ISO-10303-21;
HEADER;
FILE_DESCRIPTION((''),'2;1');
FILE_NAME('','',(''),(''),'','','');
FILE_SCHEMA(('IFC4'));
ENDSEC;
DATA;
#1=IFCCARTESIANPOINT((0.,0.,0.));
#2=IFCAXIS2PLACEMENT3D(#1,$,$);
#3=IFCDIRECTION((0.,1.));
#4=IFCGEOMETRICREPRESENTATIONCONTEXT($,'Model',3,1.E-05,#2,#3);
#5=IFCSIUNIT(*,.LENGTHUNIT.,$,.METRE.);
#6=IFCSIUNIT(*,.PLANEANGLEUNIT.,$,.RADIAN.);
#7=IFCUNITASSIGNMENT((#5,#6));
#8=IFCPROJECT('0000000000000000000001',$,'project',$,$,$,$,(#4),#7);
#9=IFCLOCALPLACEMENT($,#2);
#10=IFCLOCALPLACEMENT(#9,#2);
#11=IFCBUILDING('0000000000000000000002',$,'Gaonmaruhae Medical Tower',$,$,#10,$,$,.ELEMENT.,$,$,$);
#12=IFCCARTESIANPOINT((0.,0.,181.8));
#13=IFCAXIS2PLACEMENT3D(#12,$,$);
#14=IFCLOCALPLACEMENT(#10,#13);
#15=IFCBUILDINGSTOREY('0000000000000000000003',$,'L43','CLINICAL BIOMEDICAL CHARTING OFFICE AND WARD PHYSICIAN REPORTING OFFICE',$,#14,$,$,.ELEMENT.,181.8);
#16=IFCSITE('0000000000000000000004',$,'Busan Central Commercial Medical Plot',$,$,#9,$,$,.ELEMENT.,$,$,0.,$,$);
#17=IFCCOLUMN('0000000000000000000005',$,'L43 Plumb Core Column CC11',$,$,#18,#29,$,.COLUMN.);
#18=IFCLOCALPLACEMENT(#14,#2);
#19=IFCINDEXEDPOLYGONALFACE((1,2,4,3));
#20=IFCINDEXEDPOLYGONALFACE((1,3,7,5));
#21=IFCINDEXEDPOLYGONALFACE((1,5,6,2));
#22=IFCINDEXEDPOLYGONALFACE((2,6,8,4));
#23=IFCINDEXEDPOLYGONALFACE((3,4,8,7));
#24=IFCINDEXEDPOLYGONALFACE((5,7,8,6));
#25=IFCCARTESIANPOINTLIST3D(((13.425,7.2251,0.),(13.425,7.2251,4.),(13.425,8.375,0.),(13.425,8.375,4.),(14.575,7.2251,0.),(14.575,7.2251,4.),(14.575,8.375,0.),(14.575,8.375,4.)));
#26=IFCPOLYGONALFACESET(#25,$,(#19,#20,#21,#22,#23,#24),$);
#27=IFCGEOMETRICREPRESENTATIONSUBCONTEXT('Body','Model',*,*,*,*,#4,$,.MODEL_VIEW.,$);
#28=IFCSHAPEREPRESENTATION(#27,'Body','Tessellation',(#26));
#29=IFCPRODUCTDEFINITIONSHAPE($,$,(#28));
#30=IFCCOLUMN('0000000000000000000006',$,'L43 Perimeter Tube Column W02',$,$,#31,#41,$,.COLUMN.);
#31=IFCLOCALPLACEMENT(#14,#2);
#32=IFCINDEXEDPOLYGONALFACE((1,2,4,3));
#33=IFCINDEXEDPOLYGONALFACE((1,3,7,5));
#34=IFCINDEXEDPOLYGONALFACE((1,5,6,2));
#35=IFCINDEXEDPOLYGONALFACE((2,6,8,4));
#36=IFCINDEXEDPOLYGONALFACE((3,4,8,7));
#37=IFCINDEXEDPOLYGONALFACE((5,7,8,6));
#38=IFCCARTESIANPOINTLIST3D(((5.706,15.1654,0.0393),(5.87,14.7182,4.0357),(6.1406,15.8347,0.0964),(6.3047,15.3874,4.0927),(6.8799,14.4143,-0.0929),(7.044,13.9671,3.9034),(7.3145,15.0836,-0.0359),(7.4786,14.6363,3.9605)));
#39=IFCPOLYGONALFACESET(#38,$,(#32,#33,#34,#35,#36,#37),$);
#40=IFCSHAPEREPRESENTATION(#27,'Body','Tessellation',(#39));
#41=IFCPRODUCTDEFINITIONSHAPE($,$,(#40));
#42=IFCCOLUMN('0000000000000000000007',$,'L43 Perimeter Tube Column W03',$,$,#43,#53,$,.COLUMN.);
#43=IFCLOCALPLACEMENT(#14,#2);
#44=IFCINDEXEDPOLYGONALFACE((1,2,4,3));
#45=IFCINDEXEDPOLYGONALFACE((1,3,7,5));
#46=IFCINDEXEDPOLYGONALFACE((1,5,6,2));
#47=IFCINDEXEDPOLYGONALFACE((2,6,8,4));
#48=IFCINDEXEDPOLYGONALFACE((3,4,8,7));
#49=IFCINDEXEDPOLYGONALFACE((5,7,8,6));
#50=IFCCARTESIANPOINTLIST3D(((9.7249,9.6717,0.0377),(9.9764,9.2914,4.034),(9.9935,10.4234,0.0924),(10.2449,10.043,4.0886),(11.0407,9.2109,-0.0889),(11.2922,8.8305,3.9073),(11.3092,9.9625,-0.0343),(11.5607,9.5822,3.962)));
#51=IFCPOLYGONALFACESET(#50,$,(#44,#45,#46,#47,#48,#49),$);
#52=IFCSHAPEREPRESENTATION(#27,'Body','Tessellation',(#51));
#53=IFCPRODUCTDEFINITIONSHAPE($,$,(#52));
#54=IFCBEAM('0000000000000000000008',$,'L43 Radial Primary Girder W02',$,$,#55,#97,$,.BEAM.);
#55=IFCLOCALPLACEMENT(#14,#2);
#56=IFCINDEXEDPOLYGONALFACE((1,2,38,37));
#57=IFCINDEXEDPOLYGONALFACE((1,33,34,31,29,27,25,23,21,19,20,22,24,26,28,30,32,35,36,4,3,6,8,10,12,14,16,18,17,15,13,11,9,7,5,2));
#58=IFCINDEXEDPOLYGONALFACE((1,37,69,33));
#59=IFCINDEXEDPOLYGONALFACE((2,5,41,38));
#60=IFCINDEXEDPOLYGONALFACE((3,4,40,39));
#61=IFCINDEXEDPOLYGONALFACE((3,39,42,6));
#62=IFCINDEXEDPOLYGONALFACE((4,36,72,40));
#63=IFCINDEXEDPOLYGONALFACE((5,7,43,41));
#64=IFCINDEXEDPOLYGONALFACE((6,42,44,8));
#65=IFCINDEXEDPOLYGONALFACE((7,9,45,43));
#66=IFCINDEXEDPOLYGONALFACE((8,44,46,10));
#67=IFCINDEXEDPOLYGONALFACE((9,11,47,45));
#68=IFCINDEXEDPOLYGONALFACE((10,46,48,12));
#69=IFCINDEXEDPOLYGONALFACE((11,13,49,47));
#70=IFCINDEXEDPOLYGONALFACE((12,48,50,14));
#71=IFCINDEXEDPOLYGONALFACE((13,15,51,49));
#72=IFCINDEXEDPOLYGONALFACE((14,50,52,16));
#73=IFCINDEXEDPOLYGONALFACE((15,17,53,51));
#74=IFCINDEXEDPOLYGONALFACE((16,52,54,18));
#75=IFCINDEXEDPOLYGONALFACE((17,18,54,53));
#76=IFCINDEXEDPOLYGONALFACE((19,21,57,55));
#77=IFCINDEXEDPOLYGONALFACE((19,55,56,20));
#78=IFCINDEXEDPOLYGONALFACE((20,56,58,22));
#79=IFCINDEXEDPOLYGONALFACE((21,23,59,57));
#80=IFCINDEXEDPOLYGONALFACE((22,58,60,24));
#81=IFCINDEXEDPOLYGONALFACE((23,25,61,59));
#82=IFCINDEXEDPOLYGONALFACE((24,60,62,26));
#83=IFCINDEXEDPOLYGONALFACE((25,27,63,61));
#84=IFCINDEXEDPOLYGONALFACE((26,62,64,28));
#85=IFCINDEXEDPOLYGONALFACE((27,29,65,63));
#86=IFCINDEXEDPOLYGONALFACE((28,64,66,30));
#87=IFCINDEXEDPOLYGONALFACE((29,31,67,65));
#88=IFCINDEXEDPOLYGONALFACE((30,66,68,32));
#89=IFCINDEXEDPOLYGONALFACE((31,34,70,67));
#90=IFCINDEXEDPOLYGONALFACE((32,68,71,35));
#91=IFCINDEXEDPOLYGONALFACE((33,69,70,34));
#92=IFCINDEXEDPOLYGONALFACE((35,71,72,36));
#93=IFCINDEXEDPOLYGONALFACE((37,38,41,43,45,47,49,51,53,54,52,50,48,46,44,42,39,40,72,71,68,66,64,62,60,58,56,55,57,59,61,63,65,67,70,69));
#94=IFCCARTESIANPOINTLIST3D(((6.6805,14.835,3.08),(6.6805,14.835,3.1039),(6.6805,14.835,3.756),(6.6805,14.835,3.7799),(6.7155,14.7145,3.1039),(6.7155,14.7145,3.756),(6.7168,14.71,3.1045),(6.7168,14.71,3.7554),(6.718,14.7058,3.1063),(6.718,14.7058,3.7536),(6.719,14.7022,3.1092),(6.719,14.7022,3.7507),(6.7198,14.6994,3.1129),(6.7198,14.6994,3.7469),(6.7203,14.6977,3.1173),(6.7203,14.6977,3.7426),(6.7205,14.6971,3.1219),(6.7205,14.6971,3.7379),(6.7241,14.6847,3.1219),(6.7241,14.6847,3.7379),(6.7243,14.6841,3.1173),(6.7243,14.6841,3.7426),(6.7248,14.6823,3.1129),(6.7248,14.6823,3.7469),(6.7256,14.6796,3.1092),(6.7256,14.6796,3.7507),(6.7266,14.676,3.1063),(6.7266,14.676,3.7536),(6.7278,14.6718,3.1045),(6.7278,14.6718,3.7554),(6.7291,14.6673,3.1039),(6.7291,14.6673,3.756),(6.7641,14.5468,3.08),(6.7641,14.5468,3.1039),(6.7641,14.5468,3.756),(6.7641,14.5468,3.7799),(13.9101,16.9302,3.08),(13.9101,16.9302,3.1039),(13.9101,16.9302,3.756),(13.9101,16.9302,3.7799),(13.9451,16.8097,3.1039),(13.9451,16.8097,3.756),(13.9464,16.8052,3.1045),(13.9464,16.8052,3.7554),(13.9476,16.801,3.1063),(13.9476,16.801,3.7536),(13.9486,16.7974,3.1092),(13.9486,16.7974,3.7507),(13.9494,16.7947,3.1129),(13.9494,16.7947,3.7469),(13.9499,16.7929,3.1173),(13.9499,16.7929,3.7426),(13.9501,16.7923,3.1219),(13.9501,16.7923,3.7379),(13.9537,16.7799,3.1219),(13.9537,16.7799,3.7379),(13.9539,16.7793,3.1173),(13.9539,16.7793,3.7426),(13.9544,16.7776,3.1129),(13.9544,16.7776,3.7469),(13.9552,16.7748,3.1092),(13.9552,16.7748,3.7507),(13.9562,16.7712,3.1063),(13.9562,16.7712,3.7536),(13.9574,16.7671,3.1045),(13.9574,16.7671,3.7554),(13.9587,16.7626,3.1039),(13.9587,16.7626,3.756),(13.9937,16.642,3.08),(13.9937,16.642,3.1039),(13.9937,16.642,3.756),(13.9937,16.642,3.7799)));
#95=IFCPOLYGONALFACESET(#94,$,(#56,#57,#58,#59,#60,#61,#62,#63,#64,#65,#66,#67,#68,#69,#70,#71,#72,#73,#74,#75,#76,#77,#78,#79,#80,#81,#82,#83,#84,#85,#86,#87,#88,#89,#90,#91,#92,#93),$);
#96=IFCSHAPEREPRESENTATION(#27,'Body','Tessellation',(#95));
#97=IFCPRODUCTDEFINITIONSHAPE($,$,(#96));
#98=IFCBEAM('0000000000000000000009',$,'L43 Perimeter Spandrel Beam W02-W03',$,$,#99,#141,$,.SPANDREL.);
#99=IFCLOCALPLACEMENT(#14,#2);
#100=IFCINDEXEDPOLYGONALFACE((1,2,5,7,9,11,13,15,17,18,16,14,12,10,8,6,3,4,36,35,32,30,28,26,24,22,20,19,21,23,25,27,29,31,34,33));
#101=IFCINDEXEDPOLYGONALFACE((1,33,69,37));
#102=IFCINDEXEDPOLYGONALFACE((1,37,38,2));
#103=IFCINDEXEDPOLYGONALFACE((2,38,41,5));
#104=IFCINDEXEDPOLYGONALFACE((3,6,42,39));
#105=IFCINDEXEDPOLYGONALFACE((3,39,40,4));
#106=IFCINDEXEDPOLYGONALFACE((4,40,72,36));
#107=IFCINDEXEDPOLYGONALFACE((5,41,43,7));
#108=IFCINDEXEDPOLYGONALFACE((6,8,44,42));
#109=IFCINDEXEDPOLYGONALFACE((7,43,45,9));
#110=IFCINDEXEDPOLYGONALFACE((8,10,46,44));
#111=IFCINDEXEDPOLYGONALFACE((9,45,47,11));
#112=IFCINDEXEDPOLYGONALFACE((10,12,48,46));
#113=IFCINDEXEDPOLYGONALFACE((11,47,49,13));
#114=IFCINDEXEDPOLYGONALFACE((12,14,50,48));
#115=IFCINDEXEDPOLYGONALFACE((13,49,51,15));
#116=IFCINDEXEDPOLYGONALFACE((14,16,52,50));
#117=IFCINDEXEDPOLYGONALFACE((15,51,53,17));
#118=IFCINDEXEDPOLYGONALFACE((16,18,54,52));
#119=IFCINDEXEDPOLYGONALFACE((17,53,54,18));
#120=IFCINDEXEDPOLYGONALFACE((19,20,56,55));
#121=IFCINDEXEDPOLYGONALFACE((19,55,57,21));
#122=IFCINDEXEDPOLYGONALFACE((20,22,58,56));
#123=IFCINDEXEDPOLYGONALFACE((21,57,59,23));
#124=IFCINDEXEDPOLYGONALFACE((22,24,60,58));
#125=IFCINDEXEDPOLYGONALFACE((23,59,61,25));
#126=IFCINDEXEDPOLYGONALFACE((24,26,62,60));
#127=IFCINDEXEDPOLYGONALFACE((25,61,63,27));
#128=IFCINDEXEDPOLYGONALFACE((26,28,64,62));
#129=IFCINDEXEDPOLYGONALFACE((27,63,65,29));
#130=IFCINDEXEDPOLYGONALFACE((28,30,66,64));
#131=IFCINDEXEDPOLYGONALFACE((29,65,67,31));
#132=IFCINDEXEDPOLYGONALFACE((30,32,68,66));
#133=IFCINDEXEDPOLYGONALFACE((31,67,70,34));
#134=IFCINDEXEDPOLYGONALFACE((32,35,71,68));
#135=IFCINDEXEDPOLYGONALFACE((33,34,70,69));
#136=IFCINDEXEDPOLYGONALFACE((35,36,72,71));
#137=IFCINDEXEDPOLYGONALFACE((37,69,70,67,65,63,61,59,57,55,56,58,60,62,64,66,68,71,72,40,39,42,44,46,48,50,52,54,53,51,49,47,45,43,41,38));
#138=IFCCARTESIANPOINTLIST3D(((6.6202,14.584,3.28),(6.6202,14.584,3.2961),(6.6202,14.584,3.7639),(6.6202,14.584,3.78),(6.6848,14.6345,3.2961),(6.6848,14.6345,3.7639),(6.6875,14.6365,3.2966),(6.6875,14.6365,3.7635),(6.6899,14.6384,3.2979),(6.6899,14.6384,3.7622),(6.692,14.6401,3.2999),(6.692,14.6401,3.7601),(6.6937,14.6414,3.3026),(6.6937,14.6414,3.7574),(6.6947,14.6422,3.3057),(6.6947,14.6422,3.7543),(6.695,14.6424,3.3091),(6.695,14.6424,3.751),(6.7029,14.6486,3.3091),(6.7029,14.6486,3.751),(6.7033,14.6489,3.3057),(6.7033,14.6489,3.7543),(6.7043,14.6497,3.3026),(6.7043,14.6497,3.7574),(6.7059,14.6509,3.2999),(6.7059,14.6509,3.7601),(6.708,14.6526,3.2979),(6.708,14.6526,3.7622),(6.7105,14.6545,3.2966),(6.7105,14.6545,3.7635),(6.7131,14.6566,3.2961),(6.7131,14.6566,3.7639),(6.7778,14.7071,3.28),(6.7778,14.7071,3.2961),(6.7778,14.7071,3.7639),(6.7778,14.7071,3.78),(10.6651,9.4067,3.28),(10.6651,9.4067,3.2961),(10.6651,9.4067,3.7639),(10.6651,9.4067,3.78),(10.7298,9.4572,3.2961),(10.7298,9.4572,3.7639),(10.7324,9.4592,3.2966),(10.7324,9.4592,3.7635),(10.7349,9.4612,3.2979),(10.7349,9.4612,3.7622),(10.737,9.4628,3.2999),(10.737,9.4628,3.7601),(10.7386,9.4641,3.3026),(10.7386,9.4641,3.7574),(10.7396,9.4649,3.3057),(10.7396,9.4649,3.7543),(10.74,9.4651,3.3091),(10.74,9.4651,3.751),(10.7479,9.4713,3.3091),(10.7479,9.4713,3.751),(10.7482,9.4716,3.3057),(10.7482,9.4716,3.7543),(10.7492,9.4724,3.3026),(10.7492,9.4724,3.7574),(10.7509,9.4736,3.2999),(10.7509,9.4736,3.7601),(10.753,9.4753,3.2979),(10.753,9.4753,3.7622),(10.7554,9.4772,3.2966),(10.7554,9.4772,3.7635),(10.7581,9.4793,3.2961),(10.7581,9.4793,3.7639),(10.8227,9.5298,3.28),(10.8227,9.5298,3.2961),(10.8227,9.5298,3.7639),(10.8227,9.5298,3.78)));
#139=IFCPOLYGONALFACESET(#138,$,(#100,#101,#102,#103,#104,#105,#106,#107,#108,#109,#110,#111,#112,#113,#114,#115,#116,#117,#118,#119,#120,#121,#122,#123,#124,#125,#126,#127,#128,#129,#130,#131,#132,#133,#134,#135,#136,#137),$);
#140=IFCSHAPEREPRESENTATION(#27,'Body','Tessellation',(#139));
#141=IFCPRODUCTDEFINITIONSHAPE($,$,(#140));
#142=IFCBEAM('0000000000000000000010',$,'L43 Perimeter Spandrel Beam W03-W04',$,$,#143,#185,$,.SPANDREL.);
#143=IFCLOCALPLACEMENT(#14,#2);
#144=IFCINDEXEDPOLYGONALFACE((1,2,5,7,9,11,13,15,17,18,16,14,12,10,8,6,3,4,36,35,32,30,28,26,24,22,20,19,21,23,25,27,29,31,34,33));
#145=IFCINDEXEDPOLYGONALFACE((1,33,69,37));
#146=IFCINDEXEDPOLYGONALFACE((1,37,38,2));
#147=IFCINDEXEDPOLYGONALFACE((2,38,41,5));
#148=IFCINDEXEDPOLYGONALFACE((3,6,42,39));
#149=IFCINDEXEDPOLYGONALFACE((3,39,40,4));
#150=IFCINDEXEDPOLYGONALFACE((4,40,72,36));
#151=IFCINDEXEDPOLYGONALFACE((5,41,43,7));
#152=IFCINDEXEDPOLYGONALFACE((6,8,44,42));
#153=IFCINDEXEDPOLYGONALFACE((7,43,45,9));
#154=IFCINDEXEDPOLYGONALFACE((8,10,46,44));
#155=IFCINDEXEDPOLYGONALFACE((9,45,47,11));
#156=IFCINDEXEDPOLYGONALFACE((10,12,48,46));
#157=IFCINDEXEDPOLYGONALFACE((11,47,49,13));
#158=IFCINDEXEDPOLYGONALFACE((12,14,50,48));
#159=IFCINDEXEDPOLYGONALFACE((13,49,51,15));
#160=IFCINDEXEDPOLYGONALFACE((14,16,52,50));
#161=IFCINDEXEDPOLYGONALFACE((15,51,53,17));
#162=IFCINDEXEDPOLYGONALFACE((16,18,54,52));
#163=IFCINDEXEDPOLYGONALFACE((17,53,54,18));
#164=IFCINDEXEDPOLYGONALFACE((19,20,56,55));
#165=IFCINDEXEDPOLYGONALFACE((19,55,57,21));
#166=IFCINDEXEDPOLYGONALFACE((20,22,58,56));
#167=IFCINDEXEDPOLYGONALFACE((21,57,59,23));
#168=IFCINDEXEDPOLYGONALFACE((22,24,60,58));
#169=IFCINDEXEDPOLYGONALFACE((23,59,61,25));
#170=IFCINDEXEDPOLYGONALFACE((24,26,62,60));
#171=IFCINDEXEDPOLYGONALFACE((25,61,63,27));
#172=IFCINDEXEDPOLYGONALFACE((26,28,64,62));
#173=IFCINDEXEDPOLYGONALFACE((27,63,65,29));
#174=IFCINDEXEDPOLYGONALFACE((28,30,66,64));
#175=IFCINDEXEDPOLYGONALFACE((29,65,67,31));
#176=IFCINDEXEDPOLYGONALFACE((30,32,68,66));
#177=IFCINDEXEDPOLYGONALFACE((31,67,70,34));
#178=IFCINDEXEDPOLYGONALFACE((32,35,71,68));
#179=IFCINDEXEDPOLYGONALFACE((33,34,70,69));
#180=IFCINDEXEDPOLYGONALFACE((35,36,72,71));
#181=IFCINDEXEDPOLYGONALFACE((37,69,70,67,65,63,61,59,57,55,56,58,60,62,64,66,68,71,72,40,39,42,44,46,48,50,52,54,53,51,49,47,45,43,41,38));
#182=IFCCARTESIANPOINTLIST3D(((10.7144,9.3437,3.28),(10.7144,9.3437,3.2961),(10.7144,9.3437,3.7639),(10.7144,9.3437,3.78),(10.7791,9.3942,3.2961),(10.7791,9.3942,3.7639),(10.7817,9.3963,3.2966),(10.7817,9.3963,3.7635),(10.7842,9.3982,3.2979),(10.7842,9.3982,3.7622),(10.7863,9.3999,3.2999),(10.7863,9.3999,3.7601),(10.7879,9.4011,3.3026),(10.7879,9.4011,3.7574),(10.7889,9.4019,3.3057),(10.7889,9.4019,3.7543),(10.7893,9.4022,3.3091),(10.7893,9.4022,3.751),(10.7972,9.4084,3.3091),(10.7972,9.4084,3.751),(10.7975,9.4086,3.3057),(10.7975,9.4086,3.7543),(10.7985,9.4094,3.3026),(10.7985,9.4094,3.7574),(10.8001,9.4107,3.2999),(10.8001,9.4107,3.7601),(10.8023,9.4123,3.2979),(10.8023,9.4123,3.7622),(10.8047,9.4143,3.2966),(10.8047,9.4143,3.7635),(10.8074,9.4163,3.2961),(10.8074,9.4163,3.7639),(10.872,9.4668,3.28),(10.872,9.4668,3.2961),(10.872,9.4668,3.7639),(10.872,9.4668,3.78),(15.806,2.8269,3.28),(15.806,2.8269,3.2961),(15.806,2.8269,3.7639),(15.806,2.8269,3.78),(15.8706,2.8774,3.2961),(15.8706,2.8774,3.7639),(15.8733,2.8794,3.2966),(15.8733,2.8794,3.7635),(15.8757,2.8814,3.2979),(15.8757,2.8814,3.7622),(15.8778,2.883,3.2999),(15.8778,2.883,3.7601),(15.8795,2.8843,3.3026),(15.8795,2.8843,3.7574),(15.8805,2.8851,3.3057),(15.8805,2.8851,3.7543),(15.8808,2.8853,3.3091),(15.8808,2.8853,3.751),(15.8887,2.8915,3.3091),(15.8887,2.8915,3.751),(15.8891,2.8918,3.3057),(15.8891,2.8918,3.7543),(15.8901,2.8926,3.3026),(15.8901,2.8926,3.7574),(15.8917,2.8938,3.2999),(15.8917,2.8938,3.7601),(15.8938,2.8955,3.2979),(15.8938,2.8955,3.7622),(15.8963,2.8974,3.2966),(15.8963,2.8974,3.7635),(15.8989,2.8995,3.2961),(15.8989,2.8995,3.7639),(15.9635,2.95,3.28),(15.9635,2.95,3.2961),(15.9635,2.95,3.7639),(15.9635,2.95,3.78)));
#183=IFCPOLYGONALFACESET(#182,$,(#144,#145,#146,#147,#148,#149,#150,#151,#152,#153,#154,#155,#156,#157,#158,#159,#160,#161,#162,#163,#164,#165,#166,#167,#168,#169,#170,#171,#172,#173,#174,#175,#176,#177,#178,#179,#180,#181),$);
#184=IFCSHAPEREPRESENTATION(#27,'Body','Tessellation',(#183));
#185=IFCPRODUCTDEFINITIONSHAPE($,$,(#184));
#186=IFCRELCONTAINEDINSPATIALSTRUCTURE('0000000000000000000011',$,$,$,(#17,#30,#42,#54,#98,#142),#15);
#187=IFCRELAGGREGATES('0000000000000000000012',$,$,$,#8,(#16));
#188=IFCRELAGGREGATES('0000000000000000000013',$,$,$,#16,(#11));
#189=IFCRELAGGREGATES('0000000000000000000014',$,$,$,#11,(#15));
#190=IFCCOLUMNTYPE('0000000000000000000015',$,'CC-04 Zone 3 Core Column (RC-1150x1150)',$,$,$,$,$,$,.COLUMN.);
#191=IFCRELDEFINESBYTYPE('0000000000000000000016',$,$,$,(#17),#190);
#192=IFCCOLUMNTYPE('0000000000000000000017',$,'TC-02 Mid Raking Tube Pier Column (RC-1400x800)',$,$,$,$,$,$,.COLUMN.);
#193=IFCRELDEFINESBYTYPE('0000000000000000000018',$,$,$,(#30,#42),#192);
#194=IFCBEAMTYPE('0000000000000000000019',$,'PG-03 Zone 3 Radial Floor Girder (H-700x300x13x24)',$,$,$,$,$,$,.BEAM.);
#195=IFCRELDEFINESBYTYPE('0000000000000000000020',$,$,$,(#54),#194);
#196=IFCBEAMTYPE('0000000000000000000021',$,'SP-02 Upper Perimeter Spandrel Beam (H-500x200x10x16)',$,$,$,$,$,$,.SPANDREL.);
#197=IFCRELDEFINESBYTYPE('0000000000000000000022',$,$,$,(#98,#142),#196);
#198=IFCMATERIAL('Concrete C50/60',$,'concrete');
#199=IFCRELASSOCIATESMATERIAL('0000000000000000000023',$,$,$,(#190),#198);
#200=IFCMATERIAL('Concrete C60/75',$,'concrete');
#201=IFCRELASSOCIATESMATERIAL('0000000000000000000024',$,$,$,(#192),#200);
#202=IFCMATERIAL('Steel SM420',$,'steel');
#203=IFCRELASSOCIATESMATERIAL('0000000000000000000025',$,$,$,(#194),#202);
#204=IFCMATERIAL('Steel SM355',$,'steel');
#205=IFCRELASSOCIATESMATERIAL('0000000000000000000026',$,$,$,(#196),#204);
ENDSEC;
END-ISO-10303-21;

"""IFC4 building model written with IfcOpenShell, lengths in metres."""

from ifc_helpers import new_model, si_unit, direction, frame, origin, origin_2d, place, context, subcontext, project, spatial, rectangle, i_section, extrude, material, material_profile, profile_set, type_object, element, save


model = new_model("IFC4")

# Units and contexts
model_context = context("Model", 3, precision=1e-05, world=origin(), true_north=direction((0.0, 1.0)))
body_context = subcontext(model_context, "Body", "Model", "MODEL_VIEW")
ifc_project = project(units=[si_unit("LENGTHUNIT", "METRE"), si_unit("PLANEANGLEUNIT", "RADIAN")], contexts=[model_context])

# Site, building, storey
site_placement = place(None, origin())
site = spatial("IfcSite", under=ifc_project, at=site_placement, Name="Busan Central Commercial Medical Plot", CompositionType="ELEMENT", RefElevation=0.0)
building_placement = place(site_placement, origin())
building = spatial("IfcBuilding", under=site, at=building_placement, Name="Gaonmaruhae Medical Tower", CompositionType="ELEMENT")
storey_placement = place(building_placement, frame((0.0, 0.0, 181.8)))
storey = spatial("IfcBuildingStorey", under=building, at=storey_placement, Name="L43", Description="CLINICAL BIOMEDICAL CHARTING OFFICE AND WARD PHYSICIAN REPORTING OFFICE", CompositionType="ELEMENT", Elevation=181.8)

# Columns
ifc_material_1 = material(Name="Concrete C50/60", Category="concrete")
ifc_material_profile_1 = material_profile(ifc_material_1, rectangle(XDim=1.1499, YDim=1.1499, at=origin_2d()), Name="RC-1150x1150")
ifc_profile_set_1 = profile_set([ifc_material_profile_1], Name="Concrete C50/60")
column_type_1 = type_object("IfcColumnType", Name="CC-04 Zone 3 Core Column (RC-1150x1150)", PredefinedType="COLUMN", material=ifc_profile_set_1)
column_1_placement = place(storey_placement, frame((14.0, 7.8, 0.0), z_axis=(0.0, 0.0, 1.0), x_axis=(1.0, 0.0, 0.0)))
element("IfcColumn", 1, at=column_1_placement, inside=storey, type_object=column_type_1, Name="L43 Plumb Core Column CC11", PredefinedType="COLUMN", context=body_context, shape_type="SweptSolid", body=[
    extrude(rectangle(XDim=1.1499, YDim=1.1499, at=origin_2d()), origin(), (0.0, 0.0, 1.0), 4.0),
])
ifc_material_2 = material(Name="Concrete C60/75", Category="concrete")
ifc_material_profile_2 = material_profile(ifc_material_2, rectangle(XDim=1.3999, YDim=0.8, at=origin_2d()), Name="RC-1400x800")
ifc_profile_set_2 = profile_set([ifc_material_profile_2], Name="Concrete C60/75")
column_type_2 = type_object("IfcColumnType", Name="TC-02 Mid Raking Tube Pier Column (RC-1400x800)", PredefinedType="COLUMN", material=ifc_profile_set_2)
column_2_placement = place(storey_placement, frame((6.5103, 15.1245, 0.0017), z_axis=(0.040765, -0.111132, 0.992969), x_axis=(-0.838574, 0.536533, 0.094474)))
element("IfcColumn", 2, at=column_2_placement, inside=storey, type_object=column_type_2, Name="L43 Perimeter Tube Column W02", PredefinedType="COLUMN", context=body_context, shape_type="SweptSolid", body=[
    extrude(rectangle(XDim=1.3999, YDim=0.8, at=origin_2d()), origin(), (0.0, 0.0, 1.0), 4.0247),
])
column_3_placement = place(storey_placement, frame((10.5171, 9.8171, 0.0017), z_axis=(0.062518, -0.094566, 0.993554), x_axis=(-0.939914, 0.329205, 0.090477)))
element("IfcColumn", 3, at=column_3_placement, inside=storey, type_object=column_type_2, Name="L43 Perimeter Tube Column W03", PredefinedType="COLUMN", context=body_context, shape_type="SweptSolid", body=[
    extrude(rectangle(XDim=1.3999, YDim=0.8, at=origin_2d()), origin(), (0.0, 0.0, 1.0), 4.0222),
])

# Beams
ifc_material_3 = material(Name="Steel SM420", Category="steel")
ifc_material_profile_3 = material_profile(ifc_material_3, i_section(OverallWidth=0.3, OverallDepth=0.7, WebThickness=0.0129, FlangeThickness=0.0239, FilletRadius=0.0181, at=origin_2d()), Name="H-700x300x13x24")
ifc_profile_set_3 = profile_set([ifc_material_profile_3], Name="Steel SM420")
beam_type_1 = type_object("IfcBeamType", Name="PG-03 Zone 3 Radial Floor Girder (H-700x300x13x24)", PredefinedType="BEAM", material=ifc_profile_set_3)
beam_1_placement = place(storey_placement, frame((13.9519, 16.7861, 3.4299), z_axis=(-0.960477, -0.27836, 0.0), x_axis=(0.27836, -0.960477, 0.0)))
element("IfcBeam", 4, at=beam_1_placement, inside=storey, type_object=beam_type_1, Name="L43 Radial Primary Girder W02", PredefinedType="BEAM", context=body_context, shape_type="SweptSolid", body=[
    extrude(i_section(OverallWidth=0.3, OverallDepth=0.7, WebThickness=0.0129, FlangeThickness=0.0239, FilletRadius=0.0181, at=origin_2d()), origin(), (0.0, 0.0, 1.0), 7.5271),
])
ifc_material_4 = material(Name="Steel SM355", Category="steel")
ifc_material_profile_4 = material_profile(ifc_material_4, i_section(OverallWidth=0.2, OverallDepth=0.5, WebThickness=0.01, FlangeThickness=0.0161, FilletRadius=0.0129, at=origin_2d()), Name="H-500x200x10x16")
ifc_profile_set_4 = profile_set([ifc_material_profile_4], Name="Steel SM355")
beam_type_2 = type_object("IfcBeamType", Name="SP-02 Upper Perimeter Spandrel Beam (H-500x200x10x16)", PredefinedType="SPANDREL", material=ifc_profile_set_4)
beam_2_placement = place(storey_placement, frame((6.699, 14.6455, 3.53), z_axis=(0.615663, -0.78801, 0.0), x_axis=(0.78801, 0.615663, 0.0)))
element("IfcBeam", 5, at=beam_2_placement, inside=storey, type_object=beam_type_2, Name="L43 Perimeter Spandrel Beam W02-W03", PredefinedType="SPANDREL", context=body_context, shape_type="SweptSolid", body=[
    extrude(i_section(OverallWidth=0.2, OverallDepth=0.5, WebThickness=0.01, FlangeThickness=0.0161, FilletRadius=0.0129, at=origin_2d()), origin(), (0.0, 0.0, 1.0), 6.5701),
])
beam_3_placement = place(storey_placement, frame((10.7932, 9.4053, 3.53), z_axis=(0.615664, -0.788009, 0.0), x_axis=(0.788009, 0.615664, 0.0)))
element("IfcBeam", 6, at=beam_3_placement, inside=storey, type_object=beam_type_2, Name="L43 Perimeter Spandrel Beam W03-W04", PredefinedType="SPANDREL", context=body_context, shape_type="SweptSolid", body=[
    extrude(i_section(OverallWidth=0.2, OverallDepth=0.5, WebThickness=0.01, FlangeThickness=0.0161, FilletRadius=0.0129, at=origin_2d()), origin(), (0.0, 0.0, 1.0), 8.27),
])

save(model, "model.ifc")
